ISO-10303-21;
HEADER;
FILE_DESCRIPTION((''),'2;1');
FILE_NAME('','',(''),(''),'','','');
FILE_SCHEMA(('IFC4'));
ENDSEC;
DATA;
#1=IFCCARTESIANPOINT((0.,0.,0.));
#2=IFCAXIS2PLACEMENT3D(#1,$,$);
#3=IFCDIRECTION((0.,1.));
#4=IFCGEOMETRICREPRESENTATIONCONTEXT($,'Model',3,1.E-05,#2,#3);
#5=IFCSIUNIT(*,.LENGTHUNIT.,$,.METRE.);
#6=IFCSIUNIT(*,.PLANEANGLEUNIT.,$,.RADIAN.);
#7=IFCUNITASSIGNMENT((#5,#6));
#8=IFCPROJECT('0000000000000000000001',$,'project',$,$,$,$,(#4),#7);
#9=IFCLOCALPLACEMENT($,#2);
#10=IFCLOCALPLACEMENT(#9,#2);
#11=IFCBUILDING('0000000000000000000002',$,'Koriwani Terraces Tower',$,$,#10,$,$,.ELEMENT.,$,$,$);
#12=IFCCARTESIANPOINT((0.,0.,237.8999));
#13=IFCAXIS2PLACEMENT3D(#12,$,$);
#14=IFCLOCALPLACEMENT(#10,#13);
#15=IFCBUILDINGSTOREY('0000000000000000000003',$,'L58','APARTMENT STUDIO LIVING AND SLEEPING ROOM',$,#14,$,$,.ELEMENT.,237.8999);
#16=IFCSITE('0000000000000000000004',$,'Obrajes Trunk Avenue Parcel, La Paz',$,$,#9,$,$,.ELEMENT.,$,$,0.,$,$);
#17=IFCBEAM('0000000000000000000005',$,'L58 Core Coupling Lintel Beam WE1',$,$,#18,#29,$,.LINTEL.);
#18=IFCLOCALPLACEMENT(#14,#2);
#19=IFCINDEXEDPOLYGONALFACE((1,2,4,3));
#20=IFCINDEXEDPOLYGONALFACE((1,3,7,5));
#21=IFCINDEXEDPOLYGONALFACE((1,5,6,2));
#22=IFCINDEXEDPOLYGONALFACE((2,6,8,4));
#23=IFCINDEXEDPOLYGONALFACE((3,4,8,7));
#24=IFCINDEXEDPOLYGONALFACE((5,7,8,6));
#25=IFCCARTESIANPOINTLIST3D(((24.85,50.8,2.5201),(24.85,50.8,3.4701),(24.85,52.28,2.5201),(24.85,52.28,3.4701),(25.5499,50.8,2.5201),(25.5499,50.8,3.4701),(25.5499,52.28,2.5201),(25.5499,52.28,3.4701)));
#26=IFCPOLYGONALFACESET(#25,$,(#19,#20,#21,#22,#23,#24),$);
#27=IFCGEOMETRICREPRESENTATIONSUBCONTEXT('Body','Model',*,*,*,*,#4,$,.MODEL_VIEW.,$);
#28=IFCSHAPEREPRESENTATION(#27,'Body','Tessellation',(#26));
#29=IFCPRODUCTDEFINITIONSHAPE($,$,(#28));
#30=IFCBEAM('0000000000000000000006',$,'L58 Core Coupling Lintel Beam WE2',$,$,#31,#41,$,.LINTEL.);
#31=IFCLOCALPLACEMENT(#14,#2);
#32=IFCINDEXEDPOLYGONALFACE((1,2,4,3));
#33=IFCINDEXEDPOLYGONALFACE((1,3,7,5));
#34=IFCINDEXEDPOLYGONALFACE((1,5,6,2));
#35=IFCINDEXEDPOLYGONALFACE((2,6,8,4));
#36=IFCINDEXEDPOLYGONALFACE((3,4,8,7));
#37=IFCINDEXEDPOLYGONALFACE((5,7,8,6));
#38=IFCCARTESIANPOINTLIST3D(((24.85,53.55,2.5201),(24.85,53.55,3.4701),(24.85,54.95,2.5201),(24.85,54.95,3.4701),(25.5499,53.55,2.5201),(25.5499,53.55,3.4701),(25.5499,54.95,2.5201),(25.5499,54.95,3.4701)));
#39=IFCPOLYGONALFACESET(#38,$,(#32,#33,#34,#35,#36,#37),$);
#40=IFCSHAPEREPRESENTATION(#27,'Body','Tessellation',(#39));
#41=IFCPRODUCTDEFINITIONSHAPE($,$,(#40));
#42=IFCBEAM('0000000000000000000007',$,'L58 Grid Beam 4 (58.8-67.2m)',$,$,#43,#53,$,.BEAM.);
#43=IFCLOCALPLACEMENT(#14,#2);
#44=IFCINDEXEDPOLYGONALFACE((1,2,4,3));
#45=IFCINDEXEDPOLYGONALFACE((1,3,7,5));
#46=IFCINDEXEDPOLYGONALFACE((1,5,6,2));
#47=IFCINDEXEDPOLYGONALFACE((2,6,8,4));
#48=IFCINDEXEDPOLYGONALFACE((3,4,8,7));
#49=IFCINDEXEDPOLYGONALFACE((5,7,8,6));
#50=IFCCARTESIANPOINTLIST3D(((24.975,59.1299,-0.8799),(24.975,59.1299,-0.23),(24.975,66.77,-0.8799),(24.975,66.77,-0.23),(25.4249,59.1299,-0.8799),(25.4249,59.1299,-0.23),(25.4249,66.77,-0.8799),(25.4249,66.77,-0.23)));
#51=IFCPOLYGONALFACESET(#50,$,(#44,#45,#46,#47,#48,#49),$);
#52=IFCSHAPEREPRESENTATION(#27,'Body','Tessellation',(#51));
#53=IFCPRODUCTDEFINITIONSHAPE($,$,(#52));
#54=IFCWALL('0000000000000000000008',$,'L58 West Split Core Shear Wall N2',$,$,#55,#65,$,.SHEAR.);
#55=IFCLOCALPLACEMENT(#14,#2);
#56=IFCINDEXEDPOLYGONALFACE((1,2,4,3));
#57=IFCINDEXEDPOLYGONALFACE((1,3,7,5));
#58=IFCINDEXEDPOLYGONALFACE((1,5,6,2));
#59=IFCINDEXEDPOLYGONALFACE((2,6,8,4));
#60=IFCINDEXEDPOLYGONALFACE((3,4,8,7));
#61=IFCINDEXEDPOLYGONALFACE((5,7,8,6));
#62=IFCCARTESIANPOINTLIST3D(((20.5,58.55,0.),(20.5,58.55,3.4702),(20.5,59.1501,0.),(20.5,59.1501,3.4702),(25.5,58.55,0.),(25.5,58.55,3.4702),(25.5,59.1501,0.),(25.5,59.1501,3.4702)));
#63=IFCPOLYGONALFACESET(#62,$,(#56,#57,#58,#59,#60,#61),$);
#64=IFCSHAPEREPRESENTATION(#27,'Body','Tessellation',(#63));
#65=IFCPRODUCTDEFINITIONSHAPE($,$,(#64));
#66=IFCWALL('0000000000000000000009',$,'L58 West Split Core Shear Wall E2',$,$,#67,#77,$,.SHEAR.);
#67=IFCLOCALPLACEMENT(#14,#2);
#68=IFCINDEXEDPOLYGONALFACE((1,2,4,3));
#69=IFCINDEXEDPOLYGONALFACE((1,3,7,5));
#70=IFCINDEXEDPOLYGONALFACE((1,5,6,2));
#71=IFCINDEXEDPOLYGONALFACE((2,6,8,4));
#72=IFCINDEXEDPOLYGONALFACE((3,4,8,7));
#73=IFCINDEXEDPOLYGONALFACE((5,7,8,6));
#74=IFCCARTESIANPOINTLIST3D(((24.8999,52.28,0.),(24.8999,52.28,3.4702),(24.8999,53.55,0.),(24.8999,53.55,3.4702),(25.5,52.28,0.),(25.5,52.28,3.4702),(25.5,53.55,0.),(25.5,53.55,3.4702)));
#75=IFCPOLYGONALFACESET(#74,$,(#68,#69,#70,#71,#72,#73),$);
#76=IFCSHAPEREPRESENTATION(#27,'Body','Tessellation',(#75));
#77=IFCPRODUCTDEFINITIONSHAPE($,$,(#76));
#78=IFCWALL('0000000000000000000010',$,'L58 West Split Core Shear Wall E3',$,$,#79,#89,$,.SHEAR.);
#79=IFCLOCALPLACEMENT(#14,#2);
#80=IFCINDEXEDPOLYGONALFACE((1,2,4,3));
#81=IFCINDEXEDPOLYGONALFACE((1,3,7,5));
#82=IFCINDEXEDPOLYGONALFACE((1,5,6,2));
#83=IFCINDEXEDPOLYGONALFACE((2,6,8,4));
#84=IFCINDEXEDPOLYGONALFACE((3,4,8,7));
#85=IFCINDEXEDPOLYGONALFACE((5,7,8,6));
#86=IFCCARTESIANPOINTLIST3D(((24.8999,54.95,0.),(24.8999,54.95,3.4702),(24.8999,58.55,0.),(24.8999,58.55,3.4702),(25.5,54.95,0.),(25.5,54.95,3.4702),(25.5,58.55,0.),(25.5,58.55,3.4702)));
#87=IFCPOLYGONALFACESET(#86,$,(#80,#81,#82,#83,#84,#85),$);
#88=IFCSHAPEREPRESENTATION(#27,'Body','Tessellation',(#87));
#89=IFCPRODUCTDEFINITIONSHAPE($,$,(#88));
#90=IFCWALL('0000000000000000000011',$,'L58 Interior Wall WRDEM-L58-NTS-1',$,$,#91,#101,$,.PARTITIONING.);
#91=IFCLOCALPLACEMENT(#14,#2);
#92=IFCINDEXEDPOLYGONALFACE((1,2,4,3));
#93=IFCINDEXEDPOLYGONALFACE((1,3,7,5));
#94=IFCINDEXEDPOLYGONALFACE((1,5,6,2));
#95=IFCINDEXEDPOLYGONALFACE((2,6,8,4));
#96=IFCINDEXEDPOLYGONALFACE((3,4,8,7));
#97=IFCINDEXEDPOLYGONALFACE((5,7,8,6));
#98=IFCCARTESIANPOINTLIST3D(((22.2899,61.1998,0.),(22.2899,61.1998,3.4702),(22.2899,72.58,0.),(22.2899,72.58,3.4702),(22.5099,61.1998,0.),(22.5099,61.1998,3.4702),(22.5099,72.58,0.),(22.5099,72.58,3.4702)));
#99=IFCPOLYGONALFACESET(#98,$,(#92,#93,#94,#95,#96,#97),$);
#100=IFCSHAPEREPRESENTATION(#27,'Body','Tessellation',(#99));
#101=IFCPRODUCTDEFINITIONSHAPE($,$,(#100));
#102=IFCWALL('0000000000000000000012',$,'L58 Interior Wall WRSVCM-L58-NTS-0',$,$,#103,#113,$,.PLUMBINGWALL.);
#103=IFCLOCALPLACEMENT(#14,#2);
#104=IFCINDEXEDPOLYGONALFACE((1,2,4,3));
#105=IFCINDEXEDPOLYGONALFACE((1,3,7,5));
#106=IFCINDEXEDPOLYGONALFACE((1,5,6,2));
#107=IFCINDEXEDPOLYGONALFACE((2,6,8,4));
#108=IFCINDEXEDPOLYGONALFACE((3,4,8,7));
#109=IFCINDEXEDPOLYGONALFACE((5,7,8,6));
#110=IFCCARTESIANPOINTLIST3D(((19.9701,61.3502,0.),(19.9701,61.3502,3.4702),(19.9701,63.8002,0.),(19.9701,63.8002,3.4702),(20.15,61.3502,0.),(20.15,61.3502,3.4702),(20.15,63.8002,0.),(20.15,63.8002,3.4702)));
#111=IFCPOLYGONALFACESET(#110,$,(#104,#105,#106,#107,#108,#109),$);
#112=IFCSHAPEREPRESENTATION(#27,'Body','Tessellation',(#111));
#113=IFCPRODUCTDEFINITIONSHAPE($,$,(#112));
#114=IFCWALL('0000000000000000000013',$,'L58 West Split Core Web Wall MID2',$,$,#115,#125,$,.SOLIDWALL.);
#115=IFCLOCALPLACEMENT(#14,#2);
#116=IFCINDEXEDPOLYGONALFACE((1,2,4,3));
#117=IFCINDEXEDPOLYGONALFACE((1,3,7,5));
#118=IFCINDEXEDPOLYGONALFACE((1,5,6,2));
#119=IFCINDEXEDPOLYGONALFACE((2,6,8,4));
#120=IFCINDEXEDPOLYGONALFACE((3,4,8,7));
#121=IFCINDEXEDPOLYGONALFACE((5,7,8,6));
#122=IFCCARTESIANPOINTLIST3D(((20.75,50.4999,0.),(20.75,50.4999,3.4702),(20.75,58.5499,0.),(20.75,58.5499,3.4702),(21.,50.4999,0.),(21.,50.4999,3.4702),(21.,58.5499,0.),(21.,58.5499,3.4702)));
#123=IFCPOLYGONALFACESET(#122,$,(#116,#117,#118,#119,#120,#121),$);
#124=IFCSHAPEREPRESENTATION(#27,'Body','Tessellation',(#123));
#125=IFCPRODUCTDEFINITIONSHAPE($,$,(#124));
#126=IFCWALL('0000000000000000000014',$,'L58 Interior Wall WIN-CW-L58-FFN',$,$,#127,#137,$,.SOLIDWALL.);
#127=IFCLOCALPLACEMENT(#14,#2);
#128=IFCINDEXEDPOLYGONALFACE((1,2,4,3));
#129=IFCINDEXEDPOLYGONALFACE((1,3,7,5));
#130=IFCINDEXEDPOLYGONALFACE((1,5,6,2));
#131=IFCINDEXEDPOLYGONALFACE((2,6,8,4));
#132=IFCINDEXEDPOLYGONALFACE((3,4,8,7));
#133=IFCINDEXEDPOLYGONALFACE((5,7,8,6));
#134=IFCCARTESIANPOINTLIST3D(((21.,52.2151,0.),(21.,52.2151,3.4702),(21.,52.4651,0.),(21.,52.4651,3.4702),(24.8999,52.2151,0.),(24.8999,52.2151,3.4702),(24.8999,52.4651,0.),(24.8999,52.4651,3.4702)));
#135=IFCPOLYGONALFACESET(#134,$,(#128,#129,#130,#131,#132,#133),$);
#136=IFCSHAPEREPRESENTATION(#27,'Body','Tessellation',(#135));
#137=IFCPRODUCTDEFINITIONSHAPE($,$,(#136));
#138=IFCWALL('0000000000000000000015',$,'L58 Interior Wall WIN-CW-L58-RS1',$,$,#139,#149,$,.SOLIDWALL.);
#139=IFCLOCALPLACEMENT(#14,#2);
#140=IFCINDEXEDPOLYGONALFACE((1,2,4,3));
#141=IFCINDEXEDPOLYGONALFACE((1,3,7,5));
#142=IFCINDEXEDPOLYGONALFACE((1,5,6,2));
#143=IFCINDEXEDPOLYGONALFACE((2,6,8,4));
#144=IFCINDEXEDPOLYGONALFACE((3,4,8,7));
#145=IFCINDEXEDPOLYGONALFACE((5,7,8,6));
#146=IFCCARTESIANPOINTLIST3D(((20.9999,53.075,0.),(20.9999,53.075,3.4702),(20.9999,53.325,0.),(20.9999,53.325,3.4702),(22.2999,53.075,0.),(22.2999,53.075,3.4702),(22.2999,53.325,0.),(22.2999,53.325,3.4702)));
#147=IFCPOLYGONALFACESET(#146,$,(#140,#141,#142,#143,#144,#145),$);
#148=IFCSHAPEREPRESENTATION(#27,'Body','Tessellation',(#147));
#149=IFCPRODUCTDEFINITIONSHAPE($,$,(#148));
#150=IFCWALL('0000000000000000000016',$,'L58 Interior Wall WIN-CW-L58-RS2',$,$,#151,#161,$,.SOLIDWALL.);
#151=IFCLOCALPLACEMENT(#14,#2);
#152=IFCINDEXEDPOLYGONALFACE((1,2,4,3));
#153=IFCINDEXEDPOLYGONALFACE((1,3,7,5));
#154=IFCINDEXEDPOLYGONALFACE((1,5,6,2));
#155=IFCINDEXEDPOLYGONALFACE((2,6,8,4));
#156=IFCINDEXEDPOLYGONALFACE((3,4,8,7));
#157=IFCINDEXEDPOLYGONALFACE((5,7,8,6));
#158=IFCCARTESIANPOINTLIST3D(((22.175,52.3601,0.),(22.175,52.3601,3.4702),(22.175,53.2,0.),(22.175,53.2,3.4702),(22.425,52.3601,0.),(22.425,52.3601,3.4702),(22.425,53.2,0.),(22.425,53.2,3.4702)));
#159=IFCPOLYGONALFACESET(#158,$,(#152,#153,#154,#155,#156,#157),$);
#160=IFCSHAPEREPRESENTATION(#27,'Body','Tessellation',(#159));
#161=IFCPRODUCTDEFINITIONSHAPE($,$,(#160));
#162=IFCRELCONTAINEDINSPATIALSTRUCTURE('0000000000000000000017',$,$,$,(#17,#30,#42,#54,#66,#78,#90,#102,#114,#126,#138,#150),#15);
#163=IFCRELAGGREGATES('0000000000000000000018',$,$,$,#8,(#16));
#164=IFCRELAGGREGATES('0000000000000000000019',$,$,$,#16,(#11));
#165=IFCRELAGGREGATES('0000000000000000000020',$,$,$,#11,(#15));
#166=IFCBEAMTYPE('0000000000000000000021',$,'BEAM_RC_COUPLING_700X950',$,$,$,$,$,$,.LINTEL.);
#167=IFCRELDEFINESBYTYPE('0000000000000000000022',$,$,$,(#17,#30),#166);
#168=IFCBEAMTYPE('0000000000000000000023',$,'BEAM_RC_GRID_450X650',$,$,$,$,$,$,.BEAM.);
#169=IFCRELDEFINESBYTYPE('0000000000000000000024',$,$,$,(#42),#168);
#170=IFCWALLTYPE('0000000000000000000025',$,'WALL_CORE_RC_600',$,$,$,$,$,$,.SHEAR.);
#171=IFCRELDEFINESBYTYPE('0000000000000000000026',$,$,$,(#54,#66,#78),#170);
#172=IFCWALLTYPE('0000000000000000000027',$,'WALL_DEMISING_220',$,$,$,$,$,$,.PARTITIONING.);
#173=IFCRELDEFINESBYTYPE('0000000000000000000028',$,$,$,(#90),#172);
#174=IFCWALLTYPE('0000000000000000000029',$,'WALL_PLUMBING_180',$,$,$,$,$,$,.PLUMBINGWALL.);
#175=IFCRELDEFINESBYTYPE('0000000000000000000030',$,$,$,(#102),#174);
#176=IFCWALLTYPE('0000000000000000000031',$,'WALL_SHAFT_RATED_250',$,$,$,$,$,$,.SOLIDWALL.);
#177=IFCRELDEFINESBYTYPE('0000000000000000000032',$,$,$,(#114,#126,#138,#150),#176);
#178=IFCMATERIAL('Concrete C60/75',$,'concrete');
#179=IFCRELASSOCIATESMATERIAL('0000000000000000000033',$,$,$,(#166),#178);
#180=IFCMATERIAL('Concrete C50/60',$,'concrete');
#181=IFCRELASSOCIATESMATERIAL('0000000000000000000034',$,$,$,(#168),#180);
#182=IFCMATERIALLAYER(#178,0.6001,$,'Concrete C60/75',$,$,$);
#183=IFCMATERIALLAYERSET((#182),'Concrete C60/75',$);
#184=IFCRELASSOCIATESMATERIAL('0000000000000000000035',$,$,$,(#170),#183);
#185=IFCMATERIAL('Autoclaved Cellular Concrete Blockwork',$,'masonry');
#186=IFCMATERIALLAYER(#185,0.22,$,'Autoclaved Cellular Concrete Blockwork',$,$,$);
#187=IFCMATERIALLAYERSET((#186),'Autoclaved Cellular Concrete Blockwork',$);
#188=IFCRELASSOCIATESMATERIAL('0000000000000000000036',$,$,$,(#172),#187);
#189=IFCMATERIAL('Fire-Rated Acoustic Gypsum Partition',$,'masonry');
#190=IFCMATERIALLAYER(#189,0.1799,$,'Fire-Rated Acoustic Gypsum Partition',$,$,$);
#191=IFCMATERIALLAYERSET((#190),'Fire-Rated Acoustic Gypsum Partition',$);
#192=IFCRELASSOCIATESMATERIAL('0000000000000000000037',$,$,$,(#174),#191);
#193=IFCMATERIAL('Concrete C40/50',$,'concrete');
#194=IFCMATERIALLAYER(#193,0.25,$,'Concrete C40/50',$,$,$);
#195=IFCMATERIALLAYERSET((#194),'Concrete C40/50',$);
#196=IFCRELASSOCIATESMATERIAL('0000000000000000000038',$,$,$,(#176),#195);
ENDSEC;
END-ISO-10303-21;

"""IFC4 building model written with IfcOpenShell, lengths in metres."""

from ifc_helpers import new_model, si_unit, direction, frame, frame_2d, origin, origin_2d, place, context, subcontext, project, spatial, rectangle, extrude, material, layer, layer_set, material_profile, profile_set, type_object, element, save


model = new_model("IFC4")

# Units and contexts
model_context = context("Model", 3, precision=1e-05, world=origin(), true_north=direction((0.0, 1.0)))
body_context = subcontext(model_context, "Body", "Model", "MODEL_VIEW")
ifc_project = project(units=[si_unit("LENGTHUNIT", "METRE"), si_unit("PLANEANGLEUNIT", "RADIAN")], contexts=[model_context])

# Site, building, storey
site_placement = place(None, origin())
site = spatial("IfcSite", under=ifc_project, at=site_placement, Name="Obrajes Trunk Avenue Parcel, La Paz", CompositionType="ELEMENT", RefElevation=0.0)
building_placement = place(site_placement, origin())
building = spatial("IfcBuilding", under=site, at=building_placement, Name="Koriwani Terraces Tower", CompositionType="ELEMENT")
storey_placement = place(building_placement, frame((0.0, 0.0, 237.8999)))
storey = spatial("IfcBuildingStorey", under=building, at=storey_placement, Name="L58", Description="APARTMENT STUDIO LIVING AND SLEEPING ROOM", CompositionType="ELEMENT", Elevation=237.8999)

# Beams
ifc_material_1 = material(Name="Concrete C60/75", Category="concrete")
ifc_material_profile_1 = material_profile(ifc_material_1, rectangle(XDim=0.7, YDim=0.95, at=origin_2d()), Name="Concrete C60/75", Category="LoadBearing")
ifc_profile_set_1 = profile_set([ifc_material_profile_1], Name="Concrete C60/75")
beam_type_1 = type_object("IfcBeamType", Name="BEAM_RC_COUPLING_700X950", PredefinedType="LINTEL", material=ifc_profile_set_1)
beam_1_placement = place(storey_placement, frame((25.2, 50.8, 2.9951), z_axis=(0.0, 1.0, 0.0), x_axis=(-1.0, 0.0, 0.0)))
element("IfcBeam", 1, at=beam_1_placement, inside=storey, type_object=beam_type_1, Name="L58 Core Coupling Lintel Beam WE1", PredefinedType="LINTEL", context=body_context, shape_type="SweptSolid", body=[
    extrude(rectangle(XDim=0.7, YDim=0.95, at=origin_2d()), origin(), (0.0, 0.0, 1.0), 1.48),
])
beam_2_placement = place(storey_placement, frame((25.2, 53.55, 2.9951), z_axis=(0.0, 1.0, 0.0), x_axis=(-1.0, 0.0, 0.0)))
element("IfcBeam", 2, at=beam_2_placement, inside=storey, type_object=beam_type_1, Name="L58 Core Coupling Lintel Beam WE2", PredefinedType="LINTEL", context=body_context, shape_type="SweptSolid", body=[
    extrude(rectangle(XDim=0.7, YDim=0.95, at=origin_2d()), origin(), (0.0, 0.0, 1.0), 1.3999),
])
ifc_material_2 = material(Name="Concrete C50/60", Category="concrete")
ifc_material_profile_2 = material_profile(ifc_material_2, rectangle(XDim=0.45, YDim=0.6499, at=origin_2d()), Name="Concrete C50/60", Category="LoadBearing")
ifc_profile_set_2 = profile_set([ifc_material_profile_2], Name="Concrete C50/60")
beam_type_2 = type_object("IfcBeamType", Name="BEAM_RC_GRID_450X650", PredefinedType="BEAM", material=ifc_profile_set_2)
beam_3_placement = place(storey_placement, frame((25.2, 59.1299, -0.5549), z_axis=(0.0, 1.0, 0.0), x_axis=(-1.0, 0.0, 0.0)))
element("IfcBeam", 3, at=beam_3_placement, inside=storey, type_object=beam_type_2, Name="L58 Grid Beam 4 (58.8-67.2m)", PredefinedType="BEAM", context=body_context, shape_type="SweptSolid", body=[
    extrude(rectangle(XDim=0.45, YDim=0.6499, at=origin_2d()), origin(), (0.0, 0.0, 1.0), 7.6401),
])

# Walls
ifc_layer_1 = layer(ifc_material_1, 0.6001, Name="Concrete C60/75")
ifc_layer_set_1 = layer_set([ifc_layer_1], Name="Concrete C60/75")
wall_type_1 = type_object("IfcWallType", Name="WALL_CORE_RC_600", PredefinedType="SHEAR", material=ifc_layer_set_1)
wall_1_placement = place(storey_placement, frame((20.5, 58.8501, 0.0), z_axis=(0.0, 0.0, 1.0), x_axis=(1.0, 0.0, 0.0)))
element("IfcWall", 4, at=wall_1_placement, inside=storey, type_object=wall_type_1, Name="L58 West Split Core Shear Wall N2", PredefinedType="SHEAR", context=body_context, shape_type="SweptSolid", body=[
    extrude(rectangle(XDim=5.0, YDim=0.6001, at=frame_2d((2.5, 0.0))), origin(), (0.0, 0.0, 1.0), 3.4702),
])
wall_2_placement = place(storey_placement, frame((25.2, 52.28, 0.0), z_axis=(0.0, 0.0, 1.0), x_axis=(0.0, 1.0, 0.0)))
element("IfcWall", 5, at=wall_2_placement, inside=storey, type_object=wall_type_1, Name="L58 West Split Core Shear Wall E2", PredefinedType="SHEAR", context=body_context, shape_type="SweptSolid", body=[
    extrude(rectangle(XDim=1.27, YDim=0.6001, at=frame_2d((0.635, 0.0))), origin(), (0.0, 0.0, 1.0), 3.4702),
])
wall_3_placement = place(storey_placement, frame((25.2, 54.95, 0.0), z_axis=(0.0, 0.0, 1.0), x_axis=(0.0, 1.0, 0.0)))
element("IfcWall", 6, at=wall_3_placement, inside=storey, type_object=wall_type_1, Name="L58 West Split Core Shear Wall E3", PredefinedType="SHEAR", context=body_context, shape_type="SweptSolid", body=[
    extrude(rectangle(XDim=3.6001, YDim=0.6001, at=frame_2d((1.8, 0.0))), origin(), (0.0, 0.0, 1.0), 3.4702),
])
ifc_material_3 = material(Name="Autoclaved Cellular Concrete Blockwork", Category="masonry")
ifc_layer_2 = layer(ifc_material_3, 0.22, Name="Autoclaved Cellular Concrete Blockwork")
ifc_layer_set_2 = layer_set([ifc_layer_2], Name="Autoclaved Cellular Concrete Blockwork")
wall_type_2 = type_object("IfcWallType", Name="WALL_DEMISING_220", PredefinedType="PARTITIONING", material=ifc_layer_set_2)
wall_4_placement = place(storey_placement, frame((22.3999, 61.2, 0.0), z_axis=(0.0, 0.0, 1.0), x_axis=(0.0, 1.0, 0.0)))
element("IfcWall", 7, at=wall_4_placement, inside=storey, type_object=wall_type_2, Name="L58 Interior Wall WRDEM-L58-NTS-1", PredefinedType="PARTITIONING", context=body_context, shape_type="SweptSolid", body=[
    extrude(rectangle(XDim=11.3801, YDim=0.22, at=frame_2d((5.6899, 0.0))), origin(), (0.0, 0.0, 1.0), 3.4702),
])
ifc_material_4 = material(Name="Fire-Rated Acoustic Gypsum Partition", Category="masonry")
ifc_layer_3 = layer(ifc_material_4, 0.1799, Name="Fire-Rated Acoustic Gypsum Partition")
ifc_layer_set_3 = layer_set([ifc_layer_3], Name="Fire-Rated Acoustic Gypsum Partition")
wall_type_3 = type_object("IfcWallType", Name="WALL_PLUMBING_180", PredefinedType="PLUMBINGWALL", material=ifc_layer_set_3)
wall_5_placement = place(storey_placement, frame((20.0601, 61.3501, 0.0), z_axis=(0.0, 0.0, 1.0), x_axis=(0.0, 1.0, 0.0)))
element("IfcWall", 8, at=wall_5_placement, inside=storey, type_object=wall_type_3, Name="L58 Interior Wall WRSVCM-L58-NTS-0", PredefinedType="PLUMBINGWALL", context=body_context, shape_type="SweptSolid", body=[
    extrude(rectangle(XDim=2.45, YDim=0.1799, at=frame_2d((1.2251, 0.0))), origin(), (0.0, 0.0, 1.0), 3.4702),
])
ifc_material_5 = material(Name="Concrete C40/50", Category="concrete")
ifc_layer_4 = layer(ifc_material_5, 0.25, Name="Concrete C40/50")
ifc_layer_set_4 = layer_set([ifc_layer_4], Name="Concrete C40/50")
wall_type_4 = type_object("IfcWallType", Name="WALL_SHAFT_RATED_250", PredefinedType="SOLIDWALL", material=ifc_layer_set_4)
wall_6_placement = place(storey_placement, frame((20.875, 50.5, 0.0), z_axis=(0.0, 0.0, 1.0), x_axis=(0.0, 1.0, 0.0)))
element("IfcWall", 9, at=wall_6_placement, inside=storey, type_object=wall_type_4, Name="L58 West Split Core Web Wall MID2", PredefinedType="SOLIDWALL", context=body_context, shape_type="SweptSolid", body=[
    extrude(rectangle(XDim=8.05, YDim=0.25, at=frame_2d((4.0249, 0.0))), origin(), (0.0, 0.0, 1.0), 3.4702),
])

# Wall
wall_7_placement = place(storey_placement, frame((21.0, 52.3401, 0.0), z_axis=(0.0, 0.0, 1.0), x_axis=(1.0, 0.0, 0.0)))
element("IfcWall", 10, at=wall_7_placement, inside=storey, type_object=wall_type_4, Name="L58 Interior Wall WIN-CW-L58-FFN", PredefinedType="SOLIDWALL", context=body_context, shape_type="SweptSolid", body=[
    extrude(rectangle(XDim=3.8999, YDim=0.25, at=frame_2d((1.95, 0.0))), origin(), (0.0, 0.0, 1.0), 3.4702),
])

# Walls
wall_8_placement = place(storey_placement, frame((21.0, 53.2, 0.0), z_axis=(0.0, 0.0, 1.0), x_axis=(1.0, 0.0, 0.0)))
element("IfcWall", 11, at=wall_8_placement, inside=storey, type_object=wall_type_4, Name="L58 Interior Wall WIN-CW-L58-RS1", PredefinedType="SOLIDWALL", context=body_context, shape_type="SweptSolid", body=[
    extrude(rectangle(XDim=1.3, YDim=0.25, at=frame_2d((0.6499, 0.0))), origin(), (0.0, 0.0, 1.0), 3.4702),
])
wall_9_placement = place(storey_placement, frame((22.3, 52.3601, 0.0), z_axis=(0.0, 0.0, 1.0), x_axis=(0.0, 1.0, 0.0)))
element("IfcWall", 12, at=wall_9_placement, inside=storey, type_object=wall_type_4, Name="L58 Interior Wall WIN-CW-L58-RS2", PredefinedType="SOLIDWALL", context=body_context, shape_type="SweptSolid", body=[
    extrude(rectangle(XDim=0.8398, YDim=0.25, at=frame_2d((0.4199, 0.0))), origin(), (0.0, 0.0, 1.0), 3.4702),
])

save(model, "model.ifc")
